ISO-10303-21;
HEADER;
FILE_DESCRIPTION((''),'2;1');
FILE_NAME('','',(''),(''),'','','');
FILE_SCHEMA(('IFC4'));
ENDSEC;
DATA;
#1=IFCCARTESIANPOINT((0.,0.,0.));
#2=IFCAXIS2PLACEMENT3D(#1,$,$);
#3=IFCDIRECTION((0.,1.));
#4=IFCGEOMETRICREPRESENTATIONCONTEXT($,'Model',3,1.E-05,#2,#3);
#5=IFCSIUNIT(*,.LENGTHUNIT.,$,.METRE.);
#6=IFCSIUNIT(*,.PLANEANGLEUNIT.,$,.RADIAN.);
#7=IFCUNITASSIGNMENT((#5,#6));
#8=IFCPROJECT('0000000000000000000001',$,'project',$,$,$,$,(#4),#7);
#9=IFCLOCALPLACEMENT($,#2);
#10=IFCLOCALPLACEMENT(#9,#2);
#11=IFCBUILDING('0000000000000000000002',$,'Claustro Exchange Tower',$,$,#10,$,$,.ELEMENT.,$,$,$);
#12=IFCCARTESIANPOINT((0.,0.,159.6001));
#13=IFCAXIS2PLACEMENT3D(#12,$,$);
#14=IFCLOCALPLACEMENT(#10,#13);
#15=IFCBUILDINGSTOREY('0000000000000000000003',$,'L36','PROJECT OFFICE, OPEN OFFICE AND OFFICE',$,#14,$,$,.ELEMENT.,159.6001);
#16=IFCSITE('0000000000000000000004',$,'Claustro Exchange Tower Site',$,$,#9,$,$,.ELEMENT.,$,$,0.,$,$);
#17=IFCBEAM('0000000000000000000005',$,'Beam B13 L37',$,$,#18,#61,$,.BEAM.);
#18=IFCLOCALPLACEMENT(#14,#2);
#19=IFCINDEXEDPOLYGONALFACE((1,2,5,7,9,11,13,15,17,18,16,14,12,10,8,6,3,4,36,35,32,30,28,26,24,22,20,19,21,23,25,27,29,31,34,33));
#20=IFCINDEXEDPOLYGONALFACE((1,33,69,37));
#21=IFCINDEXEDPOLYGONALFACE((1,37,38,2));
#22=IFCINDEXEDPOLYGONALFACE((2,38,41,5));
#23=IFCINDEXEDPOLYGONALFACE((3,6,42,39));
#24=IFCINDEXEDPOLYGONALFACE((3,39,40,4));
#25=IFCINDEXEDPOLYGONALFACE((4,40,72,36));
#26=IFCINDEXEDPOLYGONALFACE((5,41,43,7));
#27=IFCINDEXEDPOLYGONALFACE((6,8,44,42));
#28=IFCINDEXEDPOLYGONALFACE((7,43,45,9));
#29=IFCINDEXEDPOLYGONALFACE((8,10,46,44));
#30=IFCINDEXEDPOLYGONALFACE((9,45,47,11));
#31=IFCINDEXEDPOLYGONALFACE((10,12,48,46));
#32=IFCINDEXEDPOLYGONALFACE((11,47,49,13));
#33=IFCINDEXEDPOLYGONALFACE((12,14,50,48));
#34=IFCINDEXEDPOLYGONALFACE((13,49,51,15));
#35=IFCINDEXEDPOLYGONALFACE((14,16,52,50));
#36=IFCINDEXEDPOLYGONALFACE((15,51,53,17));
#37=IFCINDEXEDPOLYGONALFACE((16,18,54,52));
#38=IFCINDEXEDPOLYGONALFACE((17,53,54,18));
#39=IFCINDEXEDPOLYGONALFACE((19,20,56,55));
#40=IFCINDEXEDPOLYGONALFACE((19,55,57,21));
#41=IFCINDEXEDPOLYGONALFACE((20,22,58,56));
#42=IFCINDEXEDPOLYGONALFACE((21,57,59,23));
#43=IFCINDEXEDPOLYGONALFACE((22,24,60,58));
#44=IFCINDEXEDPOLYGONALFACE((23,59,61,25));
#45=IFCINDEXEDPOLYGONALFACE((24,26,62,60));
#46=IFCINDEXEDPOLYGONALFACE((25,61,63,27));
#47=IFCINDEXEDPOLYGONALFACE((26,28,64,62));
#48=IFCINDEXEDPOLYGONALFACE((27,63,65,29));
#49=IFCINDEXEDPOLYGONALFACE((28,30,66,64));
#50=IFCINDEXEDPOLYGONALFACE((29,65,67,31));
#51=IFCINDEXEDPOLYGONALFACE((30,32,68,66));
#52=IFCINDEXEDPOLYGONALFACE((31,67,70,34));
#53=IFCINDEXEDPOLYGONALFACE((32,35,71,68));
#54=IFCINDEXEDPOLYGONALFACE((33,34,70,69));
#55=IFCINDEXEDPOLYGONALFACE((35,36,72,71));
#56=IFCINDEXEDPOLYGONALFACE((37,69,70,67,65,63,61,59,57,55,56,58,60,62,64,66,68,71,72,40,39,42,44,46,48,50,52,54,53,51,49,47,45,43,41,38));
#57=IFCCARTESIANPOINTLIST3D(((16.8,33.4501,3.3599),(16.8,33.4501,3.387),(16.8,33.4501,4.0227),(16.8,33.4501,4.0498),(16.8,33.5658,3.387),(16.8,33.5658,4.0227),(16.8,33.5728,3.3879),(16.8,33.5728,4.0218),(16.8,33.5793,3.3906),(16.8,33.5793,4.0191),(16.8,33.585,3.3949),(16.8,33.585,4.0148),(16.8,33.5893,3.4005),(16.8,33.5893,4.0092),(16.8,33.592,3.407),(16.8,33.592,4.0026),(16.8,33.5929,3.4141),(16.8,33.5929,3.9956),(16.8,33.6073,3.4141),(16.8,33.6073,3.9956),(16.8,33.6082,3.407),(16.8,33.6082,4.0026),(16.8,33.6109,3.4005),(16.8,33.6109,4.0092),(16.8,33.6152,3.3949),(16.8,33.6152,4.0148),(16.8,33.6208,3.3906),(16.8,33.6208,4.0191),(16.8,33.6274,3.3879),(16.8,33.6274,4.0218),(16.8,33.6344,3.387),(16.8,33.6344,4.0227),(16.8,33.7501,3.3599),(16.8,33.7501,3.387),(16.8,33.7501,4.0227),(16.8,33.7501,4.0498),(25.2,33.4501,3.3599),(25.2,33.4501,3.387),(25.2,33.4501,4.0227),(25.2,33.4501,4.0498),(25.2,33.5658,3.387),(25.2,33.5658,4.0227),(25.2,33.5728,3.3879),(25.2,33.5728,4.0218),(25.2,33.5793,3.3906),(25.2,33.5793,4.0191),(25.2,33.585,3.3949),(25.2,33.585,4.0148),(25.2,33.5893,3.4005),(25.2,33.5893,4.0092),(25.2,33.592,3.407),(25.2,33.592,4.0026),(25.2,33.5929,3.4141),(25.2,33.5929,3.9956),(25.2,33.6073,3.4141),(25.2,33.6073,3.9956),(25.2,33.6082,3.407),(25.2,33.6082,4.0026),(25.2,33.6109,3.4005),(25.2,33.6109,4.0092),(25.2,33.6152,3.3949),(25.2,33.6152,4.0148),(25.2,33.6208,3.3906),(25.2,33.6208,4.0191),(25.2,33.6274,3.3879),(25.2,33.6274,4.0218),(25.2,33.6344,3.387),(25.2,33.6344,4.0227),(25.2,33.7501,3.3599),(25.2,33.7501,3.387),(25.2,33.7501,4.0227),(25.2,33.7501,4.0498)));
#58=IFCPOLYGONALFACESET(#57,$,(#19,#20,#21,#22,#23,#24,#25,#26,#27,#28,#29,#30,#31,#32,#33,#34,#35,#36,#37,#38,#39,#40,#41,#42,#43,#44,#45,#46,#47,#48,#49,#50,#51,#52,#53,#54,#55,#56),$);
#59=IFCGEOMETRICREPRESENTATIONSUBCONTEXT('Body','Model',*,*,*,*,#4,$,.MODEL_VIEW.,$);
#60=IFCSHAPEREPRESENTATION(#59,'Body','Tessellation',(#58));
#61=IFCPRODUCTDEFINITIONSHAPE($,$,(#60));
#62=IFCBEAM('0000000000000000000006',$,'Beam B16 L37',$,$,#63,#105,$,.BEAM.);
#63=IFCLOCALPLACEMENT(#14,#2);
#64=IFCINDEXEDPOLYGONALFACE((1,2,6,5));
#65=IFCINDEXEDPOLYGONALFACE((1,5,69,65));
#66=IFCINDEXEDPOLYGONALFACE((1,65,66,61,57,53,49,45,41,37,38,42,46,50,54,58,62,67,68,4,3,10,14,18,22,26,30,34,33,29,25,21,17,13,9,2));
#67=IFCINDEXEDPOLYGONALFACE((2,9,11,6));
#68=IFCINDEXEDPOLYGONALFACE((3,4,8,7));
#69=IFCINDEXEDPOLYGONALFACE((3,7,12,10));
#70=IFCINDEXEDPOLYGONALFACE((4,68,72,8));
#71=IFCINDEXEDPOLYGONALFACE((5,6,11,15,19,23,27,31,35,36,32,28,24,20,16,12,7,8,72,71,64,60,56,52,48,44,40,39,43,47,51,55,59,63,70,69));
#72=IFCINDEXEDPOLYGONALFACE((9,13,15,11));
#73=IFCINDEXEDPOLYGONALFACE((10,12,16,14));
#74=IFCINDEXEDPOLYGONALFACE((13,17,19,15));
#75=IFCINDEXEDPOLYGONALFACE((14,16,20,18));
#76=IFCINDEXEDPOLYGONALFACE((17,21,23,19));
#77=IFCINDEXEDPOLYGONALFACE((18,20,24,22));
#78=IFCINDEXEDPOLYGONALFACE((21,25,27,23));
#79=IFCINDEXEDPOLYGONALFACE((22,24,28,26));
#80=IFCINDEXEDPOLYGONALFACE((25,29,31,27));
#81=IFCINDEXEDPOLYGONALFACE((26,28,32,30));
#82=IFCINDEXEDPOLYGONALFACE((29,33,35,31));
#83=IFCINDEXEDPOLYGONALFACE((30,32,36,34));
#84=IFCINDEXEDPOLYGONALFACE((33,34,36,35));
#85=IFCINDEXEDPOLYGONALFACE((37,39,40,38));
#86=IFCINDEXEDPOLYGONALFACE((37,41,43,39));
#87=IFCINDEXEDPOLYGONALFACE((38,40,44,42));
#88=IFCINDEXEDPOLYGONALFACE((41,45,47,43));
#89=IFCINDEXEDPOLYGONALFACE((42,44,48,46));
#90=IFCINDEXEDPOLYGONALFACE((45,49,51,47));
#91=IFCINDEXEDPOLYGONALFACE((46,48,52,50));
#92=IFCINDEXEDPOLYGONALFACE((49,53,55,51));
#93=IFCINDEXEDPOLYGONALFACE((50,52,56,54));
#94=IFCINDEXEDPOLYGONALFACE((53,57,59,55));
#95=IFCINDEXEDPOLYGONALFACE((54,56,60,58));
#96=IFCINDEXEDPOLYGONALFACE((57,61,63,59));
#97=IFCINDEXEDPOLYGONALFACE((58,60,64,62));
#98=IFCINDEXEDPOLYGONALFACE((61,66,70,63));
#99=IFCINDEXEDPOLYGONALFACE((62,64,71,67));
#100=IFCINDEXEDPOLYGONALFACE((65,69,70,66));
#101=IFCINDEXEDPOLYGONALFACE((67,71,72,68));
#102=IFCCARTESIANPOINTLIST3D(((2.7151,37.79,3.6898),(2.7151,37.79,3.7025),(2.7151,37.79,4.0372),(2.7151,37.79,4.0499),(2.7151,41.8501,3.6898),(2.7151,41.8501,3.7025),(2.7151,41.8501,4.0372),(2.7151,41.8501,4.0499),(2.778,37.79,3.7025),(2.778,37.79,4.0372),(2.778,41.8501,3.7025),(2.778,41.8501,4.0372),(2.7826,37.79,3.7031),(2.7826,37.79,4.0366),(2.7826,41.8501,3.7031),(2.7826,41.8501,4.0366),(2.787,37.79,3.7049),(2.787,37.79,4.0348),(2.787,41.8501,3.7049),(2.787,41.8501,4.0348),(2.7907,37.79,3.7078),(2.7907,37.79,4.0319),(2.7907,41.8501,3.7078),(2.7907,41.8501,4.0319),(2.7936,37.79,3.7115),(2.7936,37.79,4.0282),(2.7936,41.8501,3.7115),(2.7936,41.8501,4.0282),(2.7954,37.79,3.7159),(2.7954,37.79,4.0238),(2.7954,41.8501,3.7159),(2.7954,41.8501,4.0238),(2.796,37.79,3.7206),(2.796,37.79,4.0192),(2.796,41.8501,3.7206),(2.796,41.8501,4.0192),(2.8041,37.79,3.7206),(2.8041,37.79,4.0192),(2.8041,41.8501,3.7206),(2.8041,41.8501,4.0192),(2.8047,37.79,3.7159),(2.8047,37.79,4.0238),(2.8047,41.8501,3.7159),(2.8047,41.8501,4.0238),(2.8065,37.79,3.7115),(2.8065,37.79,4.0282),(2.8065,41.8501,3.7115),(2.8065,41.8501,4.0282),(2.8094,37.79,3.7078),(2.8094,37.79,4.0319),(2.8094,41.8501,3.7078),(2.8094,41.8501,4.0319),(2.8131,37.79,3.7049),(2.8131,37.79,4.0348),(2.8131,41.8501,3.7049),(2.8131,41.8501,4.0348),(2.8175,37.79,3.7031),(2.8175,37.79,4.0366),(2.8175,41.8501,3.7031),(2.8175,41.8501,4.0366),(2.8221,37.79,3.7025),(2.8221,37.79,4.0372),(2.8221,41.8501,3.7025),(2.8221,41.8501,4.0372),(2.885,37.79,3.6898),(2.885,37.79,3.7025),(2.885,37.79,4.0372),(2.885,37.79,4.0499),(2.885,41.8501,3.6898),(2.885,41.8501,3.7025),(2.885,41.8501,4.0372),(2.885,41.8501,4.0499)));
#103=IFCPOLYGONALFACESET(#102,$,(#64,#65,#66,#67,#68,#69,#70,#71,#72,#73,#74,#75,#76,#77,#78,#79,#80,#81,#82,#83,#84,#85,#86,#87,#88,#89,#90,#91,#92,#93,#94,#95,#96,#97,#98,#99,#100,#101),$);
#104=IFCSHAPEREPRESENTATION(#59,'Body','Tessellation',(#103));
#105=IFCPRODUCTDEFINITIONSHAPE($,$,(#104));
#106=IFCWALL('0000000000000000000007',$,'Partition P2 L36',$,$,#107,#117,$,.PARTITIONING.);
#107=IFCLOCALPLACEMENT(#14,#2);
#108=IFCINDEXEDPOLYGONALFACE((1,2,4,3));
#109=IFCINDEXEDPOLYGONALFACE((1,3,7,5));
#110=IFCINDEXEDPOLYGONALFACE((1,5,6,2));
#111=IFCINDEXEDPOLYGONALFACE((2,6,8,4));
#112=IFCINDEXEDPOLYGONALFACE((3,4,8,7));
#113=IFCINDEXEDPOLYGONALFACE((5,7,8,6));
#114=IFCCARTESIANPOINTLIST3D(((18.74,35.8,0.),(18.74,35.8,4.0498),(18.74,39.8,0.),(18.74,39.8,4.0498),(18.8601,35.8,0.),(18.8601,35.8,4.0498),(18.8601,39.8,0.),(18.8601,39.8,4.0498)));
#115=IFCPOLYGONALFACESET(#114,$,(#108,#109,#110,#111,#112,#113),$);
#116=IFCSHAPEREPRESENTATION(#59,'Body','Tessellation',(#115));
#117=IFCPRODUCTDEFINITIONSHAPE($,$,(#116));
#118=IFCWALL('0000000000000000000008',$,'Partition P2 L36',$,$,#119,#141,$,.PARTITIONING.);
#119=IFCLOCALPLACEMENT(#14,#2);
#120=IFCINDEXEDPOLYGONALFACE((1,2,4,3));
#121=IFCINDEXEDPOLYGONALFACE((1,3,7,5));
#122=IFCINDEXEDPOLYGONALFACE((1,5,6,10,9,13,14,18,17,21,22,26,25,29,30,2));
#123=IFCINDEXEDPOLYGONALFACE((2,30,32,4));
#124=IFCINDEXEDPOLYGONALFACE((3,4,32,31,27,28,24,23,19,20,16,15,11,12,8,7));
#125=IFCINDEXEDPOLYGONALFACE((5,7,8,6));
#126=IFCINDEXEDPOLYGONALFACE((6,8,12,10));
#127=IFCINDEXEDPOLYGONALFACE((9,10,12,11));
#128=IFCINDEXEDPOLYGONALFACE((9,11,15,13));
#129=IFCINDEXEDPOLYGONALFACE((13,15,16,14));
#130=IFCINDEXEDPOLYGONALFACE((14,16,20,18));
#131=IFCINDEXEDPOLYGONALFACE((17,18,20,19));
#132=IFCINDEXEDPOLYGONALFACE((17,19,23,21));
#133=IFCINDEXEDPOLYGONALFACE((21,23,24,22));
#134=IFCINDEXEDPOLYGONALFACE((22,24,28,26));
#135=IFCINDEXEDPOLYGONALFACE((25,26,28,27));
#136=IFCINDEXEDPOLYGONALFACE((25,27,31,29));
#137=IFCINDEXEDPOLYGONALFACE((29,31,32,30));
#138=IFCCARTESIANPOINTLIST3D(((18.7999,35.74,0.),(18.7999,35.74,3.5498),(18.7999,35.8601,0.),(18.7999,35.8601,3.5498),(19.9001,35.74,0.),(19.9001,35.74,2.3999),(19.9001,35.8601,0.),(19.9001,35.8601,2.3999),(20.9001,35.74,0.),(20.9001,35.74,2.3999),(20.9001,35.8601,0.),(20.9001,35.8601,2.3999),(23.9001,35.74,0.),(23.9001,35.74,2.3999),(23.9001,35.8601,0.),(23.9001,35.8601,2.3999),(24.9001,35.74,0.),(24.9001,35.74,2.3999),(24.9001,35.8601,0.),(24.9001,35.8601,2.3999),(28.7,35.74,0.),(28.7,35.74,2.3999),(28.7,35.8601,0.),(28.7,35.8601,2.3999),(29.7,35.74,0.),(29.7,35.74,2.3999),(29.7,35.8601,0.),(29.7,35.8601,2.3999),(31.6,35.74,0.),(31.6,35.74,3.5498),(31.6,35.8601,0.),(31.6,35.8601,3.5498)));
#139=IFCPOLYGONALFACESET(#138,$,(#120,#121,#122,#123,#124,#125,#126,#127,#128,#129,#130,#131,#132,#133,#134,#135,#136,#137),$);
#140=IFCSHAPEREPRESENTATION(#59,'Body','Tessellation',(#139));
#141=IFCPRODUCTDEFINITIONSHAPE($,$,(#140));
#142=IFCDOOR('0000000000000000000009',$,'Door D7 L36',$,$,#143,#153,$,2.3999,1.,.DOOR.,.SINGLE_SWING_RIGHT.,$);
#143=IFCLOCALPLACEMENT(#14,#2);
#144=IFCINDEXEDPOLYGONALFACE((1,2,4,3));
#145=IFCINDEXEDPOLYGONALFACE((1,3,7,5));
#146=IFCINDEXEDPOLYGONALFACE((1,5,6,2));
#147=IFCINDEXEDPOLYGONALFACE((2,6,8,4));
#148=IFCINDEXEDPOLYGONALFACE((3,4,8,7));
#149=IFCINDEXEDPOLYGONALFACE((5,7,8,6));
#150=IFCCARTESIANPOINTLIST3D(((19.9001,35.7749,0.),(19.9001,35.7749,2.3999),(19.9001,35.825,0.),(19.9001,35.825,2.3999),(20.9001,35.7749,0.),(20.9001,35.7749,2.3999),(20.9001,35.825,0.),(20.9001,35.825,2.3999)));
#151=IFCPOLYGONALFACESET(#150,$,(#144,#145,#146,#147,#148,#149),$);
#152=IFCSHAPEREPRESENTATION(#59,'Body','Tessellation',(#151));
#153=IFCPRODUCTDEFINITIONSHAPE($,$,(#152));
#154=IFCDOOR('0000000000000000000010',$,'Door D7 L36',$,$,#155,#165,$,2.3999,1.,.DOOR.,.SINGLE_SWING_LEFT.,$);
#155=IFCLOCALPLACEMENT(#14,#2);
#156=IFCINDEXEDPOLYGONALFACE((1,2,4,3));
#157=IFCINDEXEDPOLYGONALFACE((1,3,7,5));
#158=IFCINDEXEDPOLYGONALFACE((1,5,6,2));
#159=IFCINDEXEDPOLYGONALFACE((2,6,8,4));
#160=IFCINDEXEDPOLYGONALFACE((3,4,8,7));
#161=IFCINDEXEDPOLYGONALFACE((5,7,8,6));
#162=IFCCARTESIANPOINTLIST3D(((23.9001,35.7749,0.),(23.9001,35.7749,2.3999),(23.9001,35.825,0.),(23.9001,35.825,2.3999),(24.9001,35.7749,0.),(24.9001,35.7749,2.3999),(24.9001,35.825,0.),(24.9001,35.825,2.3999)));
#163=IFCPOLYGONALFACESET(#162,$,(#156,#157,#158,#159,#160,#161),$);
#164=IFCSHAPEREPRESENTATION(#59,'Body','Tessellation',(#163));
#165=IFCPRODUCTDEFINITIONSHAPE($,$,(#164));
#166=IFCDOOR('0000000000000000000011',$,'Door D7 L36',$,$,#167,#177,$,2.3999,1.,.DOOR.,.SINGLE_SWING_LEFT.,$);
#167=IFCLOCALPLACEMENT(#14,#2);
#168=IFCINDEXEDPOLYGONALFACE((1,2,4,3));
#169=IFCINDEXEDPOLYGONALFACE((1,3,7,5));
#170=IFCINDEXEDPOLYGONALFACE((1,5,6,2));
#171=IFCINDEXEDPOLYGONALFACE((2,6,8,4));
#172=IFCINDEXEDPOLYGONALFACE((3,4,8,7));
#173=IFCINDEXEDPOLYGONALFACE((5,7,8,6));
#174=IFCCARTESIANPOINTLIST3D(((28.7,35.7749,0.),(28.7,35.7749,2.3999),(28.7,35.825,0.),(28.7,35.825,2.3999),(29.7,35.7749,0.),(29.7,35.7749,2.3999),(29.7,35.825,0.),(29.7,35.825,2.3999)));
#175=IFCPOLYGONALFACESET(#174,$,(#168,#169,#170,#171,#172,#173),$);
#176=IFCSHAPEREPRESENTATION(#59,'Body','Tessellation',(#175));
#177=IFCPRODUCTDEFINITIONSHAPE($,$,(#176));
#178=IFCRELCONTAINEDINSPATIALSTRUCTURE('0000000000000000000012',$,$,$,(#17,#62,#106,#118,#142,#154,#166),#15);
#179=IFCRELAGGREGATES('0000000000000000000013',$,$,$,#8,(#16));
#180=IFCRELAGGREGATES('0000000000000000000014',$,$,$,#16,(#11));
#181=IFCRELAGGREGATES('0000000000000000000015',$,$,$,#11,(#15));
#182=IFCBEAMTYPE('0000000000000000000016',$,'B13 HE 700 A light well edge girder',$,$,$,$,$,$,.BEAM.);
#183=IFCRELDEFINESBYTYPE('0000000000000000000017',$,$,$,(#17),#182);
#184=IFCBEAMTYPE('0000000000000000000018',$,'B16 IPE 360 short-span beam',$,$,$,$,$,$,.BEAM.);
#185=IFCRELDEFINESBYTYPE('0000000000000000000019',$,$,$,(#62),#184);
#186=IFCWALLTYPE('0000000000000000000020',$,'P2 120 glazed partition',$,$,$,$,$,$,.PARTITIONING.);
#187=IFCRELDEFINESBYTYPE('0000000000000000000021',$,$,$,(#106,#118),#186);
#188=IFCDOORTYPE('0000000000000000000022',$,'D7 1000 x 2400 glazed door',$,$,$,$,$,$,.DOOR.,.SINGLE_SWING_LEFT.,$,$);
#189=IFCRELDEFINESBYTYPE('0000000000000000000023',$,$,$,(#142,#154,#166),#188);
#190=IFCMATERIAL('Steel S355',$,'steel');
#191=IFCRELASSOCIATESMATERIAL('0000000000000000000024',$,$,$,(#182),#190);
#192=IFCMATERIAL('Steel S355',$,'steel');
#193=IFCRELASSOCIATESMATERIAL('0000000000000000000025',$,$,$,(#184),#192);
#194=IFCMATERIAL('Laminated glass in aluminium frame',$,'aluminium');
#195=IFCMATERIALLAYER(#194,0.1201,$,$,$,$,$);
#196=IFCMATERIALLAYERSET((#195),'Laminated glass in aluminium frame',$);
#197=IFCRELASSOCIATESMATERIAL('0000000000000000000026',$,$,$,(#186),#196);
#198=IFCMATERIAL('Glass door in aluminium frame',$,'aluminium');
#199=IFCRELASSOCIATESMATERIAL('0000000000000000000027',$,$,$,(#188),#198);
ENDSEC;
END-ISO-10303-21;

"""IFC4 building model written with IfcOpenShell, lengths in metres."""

from ifc_helpers import new_model, si_unit, direction, frame, frame_2d, origin, origin_2d, place, context, subcontext, project, spatial, rectangle, i_section, extrude, material, layer, layer_set, material_profile, profile_set, type_object, element, fill, save


model = new_model("IFC4")

# Units and contexts
model_context = context("Model", 3, precision=1e-05, world=origin(), true_north=direction((0.0, 1.0)))
body_context = subcontext(model_context, "Body", "Model", "MODEL_VIEW")
ifc_project = project(units=[si_unit("LENGTHUNIT", "METRE"), si_unit("PLANEANGLEUNIT", "RADIAN")], contexts=[model_context])

# Site, building, storey
site_placement = place(None, origin())
site = spatial("IfcSite", under=ifc_project, at=site_placement, Name="Claustro Exchange Tower Site", CompositionType="ELEMENT", RefElevation=0.0)
building_placement = place(site_placement, origin())
building = spatial("IfcBuilding", under=site, at=building_placement, Name="Claustro Exchange Tower", CompositionType="ELEMENT")
storey_placement = place(building_placement, frame((0.0, 0.0, 159.6001)))
storey = spatial("IfcBuildingStorey", under=building, at=storey_placement, Name="L36", Description="PROJECT OFFICE, OPEN OFFICE AND OFFICE", CompositionType="ELEMENT", Elevation=159.6001)

# Beams
ifc_material_1 = material(Name="Steel S355", Category="steel")
ifc_material_profile_1 = material_profile(ifc_material_1, i_section(OverallWidth=0.3, OverallDepth=0.6899, WebThickness=0.0144, FlangeThickness=0.0271, FilletRadius=0.0271, at=origin_2d()), Name="HE 700 A")
ifc_profile_set_1 = profile_set([ifc_material_profile_1], Name="Steel S355")
beam_type_1 = type_object("IfcBeamType", Name="B13 HE 700 A light well edge girder", PredefinedType="BEAM", material=ifc_profile_set_1)
beam_1_placement = place(storey_placement, frame((16.8, 33.6001, 3.7048), z_axis=(1.0, 0.0, 0.0), x_axis=(0.0, 1.0, 0.0)))
element("IfcBeam", 1, at=beam_1_placement, inside=storey, type_object=beam_type_1, Name="Beam B13 L37", PredefinedType="BEAM", context=body_context, shape_type="SweptSolid", body=[
    extrude(i_section(OverallWidth=0.3, OverallDepth=0.6899, WebThickness=0.0144, FlangeThickness=0.0271, FilletRadius=0.0271, at=origin_2d()), origin(), (0.0, 0.0, 1.0), 8.3999),
])
ifc_material_2 = material(Name="Steel S355", Category="steel")
ifc_material_profile_2 = material_profile(ifc_material_2, i_section(OverallWidth=0.1699, OverallDepth=0.3601, WebThickness=0.0081, FlangeThickness=0.0127, FilletRadius=0.0181, at=origin_2d()), Name="IPE 360")
ifc_profile_set_2 = profile_set([ifc_material_profile_2], Name="Steel S355")
beam_type_2 = type_object("IfcBeamType", Name="B16 IPE 360 short-span beam", PredefinedType="BEAM", material=ifc_profile_set_2)
beam_2_placement = place(storey_placement, frame((2.8, 37.79, 3.8699), z_axis=(0.0, 1.0, 0.0), x_axis=(-1.0, 0.0, 0.0)))
element("IfcBeam", 2, at=beam_2_placement, inside=storey, type_object=beam_type_2, Name="Beam B16 L37", PredefinedType="BEAM", context=body_context, shape_type="SweptSolid", body=[
    extrude(i_section(OverallWidth=0.1699, OverallDepth=0.3601, WebThickness=0.0081, FlangeThickness=0.0127, FilletRadius=0.0181, at=origin_2d()), origin(), (0.0, 0.0, 1.0), 4.0601),
])

# Wall
ifc_material_3 = material(Name="Laminated glass in aluminium frame", Category="aluminium")
ifc_layer_1 = layer(ifc_material_3, 0.1201)
ifc_layer_set_1 = layer_set([ifc_layer_1], Name="Laminated glass in aluminium frame")
wall_type_1 = type_object("IfcWallType", Name="P2 120 glazed partition", PredefinedType="PARTITIONING", material=ifc_layer_set_1)
wall_1_placement = place(storey_placement, frame((18.8, 35.8, 0.0), z_axis=(0.0, 0.0, 1.0), x_axis=(0.0, 1.0, 0.0)))
element("IfcWall", 3, at=wall_1_placement, inside=storey, type_object=wall_type_1, Name="Partition P2 L36", PredefinedType="PARTITIONING", context=body_context, shape_type="SweptSolid", body=[
    extrude(rectangle(XDim=4.0, YDim=0.1201, at=frame_2d((2.0, 0.0))), origin(), (0.0, 0.0, 1.0), 4.0498),
])

# Wall, openings, doors
wall_2_placement = place(storey_placement, frame((18.8, 35.8, 0.0), z_axis=(0.0, 0.0, 1.0), x_axis=(1.0, 0.0, 0.0)))
wall_2 = element("IfcWall", 4, at=wall_2_placement, inside=storey, type_object=wall_type_1, Name="Partition P2 L36", PredefinedType="PARTITIONING", context=body_context, shape_type="SweptSolid", body=[
    extrude(rectangle(XDim=12.8, YDim=0.1201, at=frame_2d((6.3999, 0.0))), origin(), (0.0, 0.0, 1.0), 3.5498),
])
opening_1_placement = place(wall_2_placement, frame((1.1001, 0.0, 0.0)))
opening_1 = element("IfcOpeningElement", 5, at=opening_1_placement, cuts=wall_2, PredefinedType="OPENING", context=body_context, shape_type="SweptSolid", body=[
    extrude(rectangle(XDim=1.0, YDim=2.3999, at=frame_2d((0.5, 1.2))), frame((0.0, 0.0701, 0.0), z_axis=(0.0, -1.0, 0.0), x_axis=(1.0, 0.0, 0.0)), (0.0, 0.0, 1.0), 0.1401),
])
opening_2_placement = place(wall_2_placement, frame((5.1001, 0.0, 0.0)))
opening_2 = element("IfcOpeningElement", 6, at=opening_2_placement, cuts=wall_2, PredefinedType="OPENING", context=body_context, shape_type="SweptSolid", body=[
    extrude(rectangle(XDim=1.0, YDim=2.3999, at=frame_2d((0.5, 1.2))), frame((0.0, 0.0701, 0.0), z_axis=(0.0, -1.0, 0.0), x_axis=(1.0, 0.0, 0.0)), (0.0, 0.0, 1.0), 0.1401),
])
opening_3_placement = place(wall_2_placement, frame((9.8999, 0.0, 0.0)))
opening_3 = element("IfcOpeningElement", 7, at=opening_3_placement, cuts=wall_2, PredefinedType="OPENING", context=body_context, shape_type="SweptSolid", body=[
    extrude(rectangle(XDim=1.0, YDim=2.3999, at=frame_2d((0.5, 1.2))), frame((0.0, 0.0701, 0.0), z_axis=(0.0, -1.0, 0.0), x_axis=(1.0, 0.0, 0.0)), (0.0, 0.0, 1.0), 0.1401),
])
ifc_material_4 = material(Name="Glass door in aluminium frame", Category="aluminium")
door_type_1 = type_object("IfcDoorType", Name="D7 1000 x 2400 glazed door", OperationType="SINGLE_SWING_LEFT", PredefinedType="DOOR", material=ifc_material_4)
door_1_placement = place(opening_1_placement, origin())
door_1 = element("IfcDoor", 8, at=door_1_placement, inside=storey, type_object=door_type_1, Name="Door D7 L36", OperationType="SINGLE_SWING_RIGHT", OverallHeight=2.3999, OverallWidth=1.0, PredefinedType="DOOR", context=body_context, shape_type="SweptSolid", body=[
    extrude(rectangle(XDim=1.0, YDim=2.3999, at=frame_2d((0.5, 1.2))), frame((0.0, 0.0249, 0.0), z_axis=(0.0, -1.0, 0.0), x_axis=(1.0, 0.0, 0.0)), (0.0, 0.0, 1.0), 0.05),
])
fill(opening_1, door_1)
door_2_placement = place(opening_2_placement, origin())
door_2 = element("IfcDoor", 9, at=door_2_placement, inside=storey, type_object=door_type_1, Name="Door D7 L36", OperationType="SINGLE_SWING_LEFT", OverallHeight=2.3999, OverallWidth=1.0, PredefinedType="DOOR", context=body_context, shape_type="SweptSolid", body=[
    extrude(rectangle(XDim=1.0, YDim=2.3999, at=frame_2d((0.5, 1.2))), frame((0.0, 0.0249, 0.0), z_axis=(0.0, -1.0, 0.0), x_axis=(1.0, 0.0, 0.0)), (0.0, 0.0, 1.0), 0.05),
])
fill(opening_2, door_2)
door_3_placement = place(opening_3_placement, origin())
door_3 = element("IfcDoor", 10, at=door_3_placement, inside=storey, type_object=door_type_1, Name="Door D7 L36", OperationType="SINGLE_SWING_LEFT", OverallHeight=2.3999, OverallWidth=1.0, PredefinedType="DOOR", context=body_context, shape_type="SweptSolid", body=[
    extrude(rectangle(XDim=1.0, YDim=2.3999, at=frame_2d((0.5, 1.2))), frame((0.0, 0.0249, 0.0), z_axis=(0.0, -1.0, 0.0), x_axis=(1.0, 0.0, 0.0)), (0.0, 0.0, 1.0), 0.05),
])
fill(opening_3, door_3)

save(model, "model.ifc")
